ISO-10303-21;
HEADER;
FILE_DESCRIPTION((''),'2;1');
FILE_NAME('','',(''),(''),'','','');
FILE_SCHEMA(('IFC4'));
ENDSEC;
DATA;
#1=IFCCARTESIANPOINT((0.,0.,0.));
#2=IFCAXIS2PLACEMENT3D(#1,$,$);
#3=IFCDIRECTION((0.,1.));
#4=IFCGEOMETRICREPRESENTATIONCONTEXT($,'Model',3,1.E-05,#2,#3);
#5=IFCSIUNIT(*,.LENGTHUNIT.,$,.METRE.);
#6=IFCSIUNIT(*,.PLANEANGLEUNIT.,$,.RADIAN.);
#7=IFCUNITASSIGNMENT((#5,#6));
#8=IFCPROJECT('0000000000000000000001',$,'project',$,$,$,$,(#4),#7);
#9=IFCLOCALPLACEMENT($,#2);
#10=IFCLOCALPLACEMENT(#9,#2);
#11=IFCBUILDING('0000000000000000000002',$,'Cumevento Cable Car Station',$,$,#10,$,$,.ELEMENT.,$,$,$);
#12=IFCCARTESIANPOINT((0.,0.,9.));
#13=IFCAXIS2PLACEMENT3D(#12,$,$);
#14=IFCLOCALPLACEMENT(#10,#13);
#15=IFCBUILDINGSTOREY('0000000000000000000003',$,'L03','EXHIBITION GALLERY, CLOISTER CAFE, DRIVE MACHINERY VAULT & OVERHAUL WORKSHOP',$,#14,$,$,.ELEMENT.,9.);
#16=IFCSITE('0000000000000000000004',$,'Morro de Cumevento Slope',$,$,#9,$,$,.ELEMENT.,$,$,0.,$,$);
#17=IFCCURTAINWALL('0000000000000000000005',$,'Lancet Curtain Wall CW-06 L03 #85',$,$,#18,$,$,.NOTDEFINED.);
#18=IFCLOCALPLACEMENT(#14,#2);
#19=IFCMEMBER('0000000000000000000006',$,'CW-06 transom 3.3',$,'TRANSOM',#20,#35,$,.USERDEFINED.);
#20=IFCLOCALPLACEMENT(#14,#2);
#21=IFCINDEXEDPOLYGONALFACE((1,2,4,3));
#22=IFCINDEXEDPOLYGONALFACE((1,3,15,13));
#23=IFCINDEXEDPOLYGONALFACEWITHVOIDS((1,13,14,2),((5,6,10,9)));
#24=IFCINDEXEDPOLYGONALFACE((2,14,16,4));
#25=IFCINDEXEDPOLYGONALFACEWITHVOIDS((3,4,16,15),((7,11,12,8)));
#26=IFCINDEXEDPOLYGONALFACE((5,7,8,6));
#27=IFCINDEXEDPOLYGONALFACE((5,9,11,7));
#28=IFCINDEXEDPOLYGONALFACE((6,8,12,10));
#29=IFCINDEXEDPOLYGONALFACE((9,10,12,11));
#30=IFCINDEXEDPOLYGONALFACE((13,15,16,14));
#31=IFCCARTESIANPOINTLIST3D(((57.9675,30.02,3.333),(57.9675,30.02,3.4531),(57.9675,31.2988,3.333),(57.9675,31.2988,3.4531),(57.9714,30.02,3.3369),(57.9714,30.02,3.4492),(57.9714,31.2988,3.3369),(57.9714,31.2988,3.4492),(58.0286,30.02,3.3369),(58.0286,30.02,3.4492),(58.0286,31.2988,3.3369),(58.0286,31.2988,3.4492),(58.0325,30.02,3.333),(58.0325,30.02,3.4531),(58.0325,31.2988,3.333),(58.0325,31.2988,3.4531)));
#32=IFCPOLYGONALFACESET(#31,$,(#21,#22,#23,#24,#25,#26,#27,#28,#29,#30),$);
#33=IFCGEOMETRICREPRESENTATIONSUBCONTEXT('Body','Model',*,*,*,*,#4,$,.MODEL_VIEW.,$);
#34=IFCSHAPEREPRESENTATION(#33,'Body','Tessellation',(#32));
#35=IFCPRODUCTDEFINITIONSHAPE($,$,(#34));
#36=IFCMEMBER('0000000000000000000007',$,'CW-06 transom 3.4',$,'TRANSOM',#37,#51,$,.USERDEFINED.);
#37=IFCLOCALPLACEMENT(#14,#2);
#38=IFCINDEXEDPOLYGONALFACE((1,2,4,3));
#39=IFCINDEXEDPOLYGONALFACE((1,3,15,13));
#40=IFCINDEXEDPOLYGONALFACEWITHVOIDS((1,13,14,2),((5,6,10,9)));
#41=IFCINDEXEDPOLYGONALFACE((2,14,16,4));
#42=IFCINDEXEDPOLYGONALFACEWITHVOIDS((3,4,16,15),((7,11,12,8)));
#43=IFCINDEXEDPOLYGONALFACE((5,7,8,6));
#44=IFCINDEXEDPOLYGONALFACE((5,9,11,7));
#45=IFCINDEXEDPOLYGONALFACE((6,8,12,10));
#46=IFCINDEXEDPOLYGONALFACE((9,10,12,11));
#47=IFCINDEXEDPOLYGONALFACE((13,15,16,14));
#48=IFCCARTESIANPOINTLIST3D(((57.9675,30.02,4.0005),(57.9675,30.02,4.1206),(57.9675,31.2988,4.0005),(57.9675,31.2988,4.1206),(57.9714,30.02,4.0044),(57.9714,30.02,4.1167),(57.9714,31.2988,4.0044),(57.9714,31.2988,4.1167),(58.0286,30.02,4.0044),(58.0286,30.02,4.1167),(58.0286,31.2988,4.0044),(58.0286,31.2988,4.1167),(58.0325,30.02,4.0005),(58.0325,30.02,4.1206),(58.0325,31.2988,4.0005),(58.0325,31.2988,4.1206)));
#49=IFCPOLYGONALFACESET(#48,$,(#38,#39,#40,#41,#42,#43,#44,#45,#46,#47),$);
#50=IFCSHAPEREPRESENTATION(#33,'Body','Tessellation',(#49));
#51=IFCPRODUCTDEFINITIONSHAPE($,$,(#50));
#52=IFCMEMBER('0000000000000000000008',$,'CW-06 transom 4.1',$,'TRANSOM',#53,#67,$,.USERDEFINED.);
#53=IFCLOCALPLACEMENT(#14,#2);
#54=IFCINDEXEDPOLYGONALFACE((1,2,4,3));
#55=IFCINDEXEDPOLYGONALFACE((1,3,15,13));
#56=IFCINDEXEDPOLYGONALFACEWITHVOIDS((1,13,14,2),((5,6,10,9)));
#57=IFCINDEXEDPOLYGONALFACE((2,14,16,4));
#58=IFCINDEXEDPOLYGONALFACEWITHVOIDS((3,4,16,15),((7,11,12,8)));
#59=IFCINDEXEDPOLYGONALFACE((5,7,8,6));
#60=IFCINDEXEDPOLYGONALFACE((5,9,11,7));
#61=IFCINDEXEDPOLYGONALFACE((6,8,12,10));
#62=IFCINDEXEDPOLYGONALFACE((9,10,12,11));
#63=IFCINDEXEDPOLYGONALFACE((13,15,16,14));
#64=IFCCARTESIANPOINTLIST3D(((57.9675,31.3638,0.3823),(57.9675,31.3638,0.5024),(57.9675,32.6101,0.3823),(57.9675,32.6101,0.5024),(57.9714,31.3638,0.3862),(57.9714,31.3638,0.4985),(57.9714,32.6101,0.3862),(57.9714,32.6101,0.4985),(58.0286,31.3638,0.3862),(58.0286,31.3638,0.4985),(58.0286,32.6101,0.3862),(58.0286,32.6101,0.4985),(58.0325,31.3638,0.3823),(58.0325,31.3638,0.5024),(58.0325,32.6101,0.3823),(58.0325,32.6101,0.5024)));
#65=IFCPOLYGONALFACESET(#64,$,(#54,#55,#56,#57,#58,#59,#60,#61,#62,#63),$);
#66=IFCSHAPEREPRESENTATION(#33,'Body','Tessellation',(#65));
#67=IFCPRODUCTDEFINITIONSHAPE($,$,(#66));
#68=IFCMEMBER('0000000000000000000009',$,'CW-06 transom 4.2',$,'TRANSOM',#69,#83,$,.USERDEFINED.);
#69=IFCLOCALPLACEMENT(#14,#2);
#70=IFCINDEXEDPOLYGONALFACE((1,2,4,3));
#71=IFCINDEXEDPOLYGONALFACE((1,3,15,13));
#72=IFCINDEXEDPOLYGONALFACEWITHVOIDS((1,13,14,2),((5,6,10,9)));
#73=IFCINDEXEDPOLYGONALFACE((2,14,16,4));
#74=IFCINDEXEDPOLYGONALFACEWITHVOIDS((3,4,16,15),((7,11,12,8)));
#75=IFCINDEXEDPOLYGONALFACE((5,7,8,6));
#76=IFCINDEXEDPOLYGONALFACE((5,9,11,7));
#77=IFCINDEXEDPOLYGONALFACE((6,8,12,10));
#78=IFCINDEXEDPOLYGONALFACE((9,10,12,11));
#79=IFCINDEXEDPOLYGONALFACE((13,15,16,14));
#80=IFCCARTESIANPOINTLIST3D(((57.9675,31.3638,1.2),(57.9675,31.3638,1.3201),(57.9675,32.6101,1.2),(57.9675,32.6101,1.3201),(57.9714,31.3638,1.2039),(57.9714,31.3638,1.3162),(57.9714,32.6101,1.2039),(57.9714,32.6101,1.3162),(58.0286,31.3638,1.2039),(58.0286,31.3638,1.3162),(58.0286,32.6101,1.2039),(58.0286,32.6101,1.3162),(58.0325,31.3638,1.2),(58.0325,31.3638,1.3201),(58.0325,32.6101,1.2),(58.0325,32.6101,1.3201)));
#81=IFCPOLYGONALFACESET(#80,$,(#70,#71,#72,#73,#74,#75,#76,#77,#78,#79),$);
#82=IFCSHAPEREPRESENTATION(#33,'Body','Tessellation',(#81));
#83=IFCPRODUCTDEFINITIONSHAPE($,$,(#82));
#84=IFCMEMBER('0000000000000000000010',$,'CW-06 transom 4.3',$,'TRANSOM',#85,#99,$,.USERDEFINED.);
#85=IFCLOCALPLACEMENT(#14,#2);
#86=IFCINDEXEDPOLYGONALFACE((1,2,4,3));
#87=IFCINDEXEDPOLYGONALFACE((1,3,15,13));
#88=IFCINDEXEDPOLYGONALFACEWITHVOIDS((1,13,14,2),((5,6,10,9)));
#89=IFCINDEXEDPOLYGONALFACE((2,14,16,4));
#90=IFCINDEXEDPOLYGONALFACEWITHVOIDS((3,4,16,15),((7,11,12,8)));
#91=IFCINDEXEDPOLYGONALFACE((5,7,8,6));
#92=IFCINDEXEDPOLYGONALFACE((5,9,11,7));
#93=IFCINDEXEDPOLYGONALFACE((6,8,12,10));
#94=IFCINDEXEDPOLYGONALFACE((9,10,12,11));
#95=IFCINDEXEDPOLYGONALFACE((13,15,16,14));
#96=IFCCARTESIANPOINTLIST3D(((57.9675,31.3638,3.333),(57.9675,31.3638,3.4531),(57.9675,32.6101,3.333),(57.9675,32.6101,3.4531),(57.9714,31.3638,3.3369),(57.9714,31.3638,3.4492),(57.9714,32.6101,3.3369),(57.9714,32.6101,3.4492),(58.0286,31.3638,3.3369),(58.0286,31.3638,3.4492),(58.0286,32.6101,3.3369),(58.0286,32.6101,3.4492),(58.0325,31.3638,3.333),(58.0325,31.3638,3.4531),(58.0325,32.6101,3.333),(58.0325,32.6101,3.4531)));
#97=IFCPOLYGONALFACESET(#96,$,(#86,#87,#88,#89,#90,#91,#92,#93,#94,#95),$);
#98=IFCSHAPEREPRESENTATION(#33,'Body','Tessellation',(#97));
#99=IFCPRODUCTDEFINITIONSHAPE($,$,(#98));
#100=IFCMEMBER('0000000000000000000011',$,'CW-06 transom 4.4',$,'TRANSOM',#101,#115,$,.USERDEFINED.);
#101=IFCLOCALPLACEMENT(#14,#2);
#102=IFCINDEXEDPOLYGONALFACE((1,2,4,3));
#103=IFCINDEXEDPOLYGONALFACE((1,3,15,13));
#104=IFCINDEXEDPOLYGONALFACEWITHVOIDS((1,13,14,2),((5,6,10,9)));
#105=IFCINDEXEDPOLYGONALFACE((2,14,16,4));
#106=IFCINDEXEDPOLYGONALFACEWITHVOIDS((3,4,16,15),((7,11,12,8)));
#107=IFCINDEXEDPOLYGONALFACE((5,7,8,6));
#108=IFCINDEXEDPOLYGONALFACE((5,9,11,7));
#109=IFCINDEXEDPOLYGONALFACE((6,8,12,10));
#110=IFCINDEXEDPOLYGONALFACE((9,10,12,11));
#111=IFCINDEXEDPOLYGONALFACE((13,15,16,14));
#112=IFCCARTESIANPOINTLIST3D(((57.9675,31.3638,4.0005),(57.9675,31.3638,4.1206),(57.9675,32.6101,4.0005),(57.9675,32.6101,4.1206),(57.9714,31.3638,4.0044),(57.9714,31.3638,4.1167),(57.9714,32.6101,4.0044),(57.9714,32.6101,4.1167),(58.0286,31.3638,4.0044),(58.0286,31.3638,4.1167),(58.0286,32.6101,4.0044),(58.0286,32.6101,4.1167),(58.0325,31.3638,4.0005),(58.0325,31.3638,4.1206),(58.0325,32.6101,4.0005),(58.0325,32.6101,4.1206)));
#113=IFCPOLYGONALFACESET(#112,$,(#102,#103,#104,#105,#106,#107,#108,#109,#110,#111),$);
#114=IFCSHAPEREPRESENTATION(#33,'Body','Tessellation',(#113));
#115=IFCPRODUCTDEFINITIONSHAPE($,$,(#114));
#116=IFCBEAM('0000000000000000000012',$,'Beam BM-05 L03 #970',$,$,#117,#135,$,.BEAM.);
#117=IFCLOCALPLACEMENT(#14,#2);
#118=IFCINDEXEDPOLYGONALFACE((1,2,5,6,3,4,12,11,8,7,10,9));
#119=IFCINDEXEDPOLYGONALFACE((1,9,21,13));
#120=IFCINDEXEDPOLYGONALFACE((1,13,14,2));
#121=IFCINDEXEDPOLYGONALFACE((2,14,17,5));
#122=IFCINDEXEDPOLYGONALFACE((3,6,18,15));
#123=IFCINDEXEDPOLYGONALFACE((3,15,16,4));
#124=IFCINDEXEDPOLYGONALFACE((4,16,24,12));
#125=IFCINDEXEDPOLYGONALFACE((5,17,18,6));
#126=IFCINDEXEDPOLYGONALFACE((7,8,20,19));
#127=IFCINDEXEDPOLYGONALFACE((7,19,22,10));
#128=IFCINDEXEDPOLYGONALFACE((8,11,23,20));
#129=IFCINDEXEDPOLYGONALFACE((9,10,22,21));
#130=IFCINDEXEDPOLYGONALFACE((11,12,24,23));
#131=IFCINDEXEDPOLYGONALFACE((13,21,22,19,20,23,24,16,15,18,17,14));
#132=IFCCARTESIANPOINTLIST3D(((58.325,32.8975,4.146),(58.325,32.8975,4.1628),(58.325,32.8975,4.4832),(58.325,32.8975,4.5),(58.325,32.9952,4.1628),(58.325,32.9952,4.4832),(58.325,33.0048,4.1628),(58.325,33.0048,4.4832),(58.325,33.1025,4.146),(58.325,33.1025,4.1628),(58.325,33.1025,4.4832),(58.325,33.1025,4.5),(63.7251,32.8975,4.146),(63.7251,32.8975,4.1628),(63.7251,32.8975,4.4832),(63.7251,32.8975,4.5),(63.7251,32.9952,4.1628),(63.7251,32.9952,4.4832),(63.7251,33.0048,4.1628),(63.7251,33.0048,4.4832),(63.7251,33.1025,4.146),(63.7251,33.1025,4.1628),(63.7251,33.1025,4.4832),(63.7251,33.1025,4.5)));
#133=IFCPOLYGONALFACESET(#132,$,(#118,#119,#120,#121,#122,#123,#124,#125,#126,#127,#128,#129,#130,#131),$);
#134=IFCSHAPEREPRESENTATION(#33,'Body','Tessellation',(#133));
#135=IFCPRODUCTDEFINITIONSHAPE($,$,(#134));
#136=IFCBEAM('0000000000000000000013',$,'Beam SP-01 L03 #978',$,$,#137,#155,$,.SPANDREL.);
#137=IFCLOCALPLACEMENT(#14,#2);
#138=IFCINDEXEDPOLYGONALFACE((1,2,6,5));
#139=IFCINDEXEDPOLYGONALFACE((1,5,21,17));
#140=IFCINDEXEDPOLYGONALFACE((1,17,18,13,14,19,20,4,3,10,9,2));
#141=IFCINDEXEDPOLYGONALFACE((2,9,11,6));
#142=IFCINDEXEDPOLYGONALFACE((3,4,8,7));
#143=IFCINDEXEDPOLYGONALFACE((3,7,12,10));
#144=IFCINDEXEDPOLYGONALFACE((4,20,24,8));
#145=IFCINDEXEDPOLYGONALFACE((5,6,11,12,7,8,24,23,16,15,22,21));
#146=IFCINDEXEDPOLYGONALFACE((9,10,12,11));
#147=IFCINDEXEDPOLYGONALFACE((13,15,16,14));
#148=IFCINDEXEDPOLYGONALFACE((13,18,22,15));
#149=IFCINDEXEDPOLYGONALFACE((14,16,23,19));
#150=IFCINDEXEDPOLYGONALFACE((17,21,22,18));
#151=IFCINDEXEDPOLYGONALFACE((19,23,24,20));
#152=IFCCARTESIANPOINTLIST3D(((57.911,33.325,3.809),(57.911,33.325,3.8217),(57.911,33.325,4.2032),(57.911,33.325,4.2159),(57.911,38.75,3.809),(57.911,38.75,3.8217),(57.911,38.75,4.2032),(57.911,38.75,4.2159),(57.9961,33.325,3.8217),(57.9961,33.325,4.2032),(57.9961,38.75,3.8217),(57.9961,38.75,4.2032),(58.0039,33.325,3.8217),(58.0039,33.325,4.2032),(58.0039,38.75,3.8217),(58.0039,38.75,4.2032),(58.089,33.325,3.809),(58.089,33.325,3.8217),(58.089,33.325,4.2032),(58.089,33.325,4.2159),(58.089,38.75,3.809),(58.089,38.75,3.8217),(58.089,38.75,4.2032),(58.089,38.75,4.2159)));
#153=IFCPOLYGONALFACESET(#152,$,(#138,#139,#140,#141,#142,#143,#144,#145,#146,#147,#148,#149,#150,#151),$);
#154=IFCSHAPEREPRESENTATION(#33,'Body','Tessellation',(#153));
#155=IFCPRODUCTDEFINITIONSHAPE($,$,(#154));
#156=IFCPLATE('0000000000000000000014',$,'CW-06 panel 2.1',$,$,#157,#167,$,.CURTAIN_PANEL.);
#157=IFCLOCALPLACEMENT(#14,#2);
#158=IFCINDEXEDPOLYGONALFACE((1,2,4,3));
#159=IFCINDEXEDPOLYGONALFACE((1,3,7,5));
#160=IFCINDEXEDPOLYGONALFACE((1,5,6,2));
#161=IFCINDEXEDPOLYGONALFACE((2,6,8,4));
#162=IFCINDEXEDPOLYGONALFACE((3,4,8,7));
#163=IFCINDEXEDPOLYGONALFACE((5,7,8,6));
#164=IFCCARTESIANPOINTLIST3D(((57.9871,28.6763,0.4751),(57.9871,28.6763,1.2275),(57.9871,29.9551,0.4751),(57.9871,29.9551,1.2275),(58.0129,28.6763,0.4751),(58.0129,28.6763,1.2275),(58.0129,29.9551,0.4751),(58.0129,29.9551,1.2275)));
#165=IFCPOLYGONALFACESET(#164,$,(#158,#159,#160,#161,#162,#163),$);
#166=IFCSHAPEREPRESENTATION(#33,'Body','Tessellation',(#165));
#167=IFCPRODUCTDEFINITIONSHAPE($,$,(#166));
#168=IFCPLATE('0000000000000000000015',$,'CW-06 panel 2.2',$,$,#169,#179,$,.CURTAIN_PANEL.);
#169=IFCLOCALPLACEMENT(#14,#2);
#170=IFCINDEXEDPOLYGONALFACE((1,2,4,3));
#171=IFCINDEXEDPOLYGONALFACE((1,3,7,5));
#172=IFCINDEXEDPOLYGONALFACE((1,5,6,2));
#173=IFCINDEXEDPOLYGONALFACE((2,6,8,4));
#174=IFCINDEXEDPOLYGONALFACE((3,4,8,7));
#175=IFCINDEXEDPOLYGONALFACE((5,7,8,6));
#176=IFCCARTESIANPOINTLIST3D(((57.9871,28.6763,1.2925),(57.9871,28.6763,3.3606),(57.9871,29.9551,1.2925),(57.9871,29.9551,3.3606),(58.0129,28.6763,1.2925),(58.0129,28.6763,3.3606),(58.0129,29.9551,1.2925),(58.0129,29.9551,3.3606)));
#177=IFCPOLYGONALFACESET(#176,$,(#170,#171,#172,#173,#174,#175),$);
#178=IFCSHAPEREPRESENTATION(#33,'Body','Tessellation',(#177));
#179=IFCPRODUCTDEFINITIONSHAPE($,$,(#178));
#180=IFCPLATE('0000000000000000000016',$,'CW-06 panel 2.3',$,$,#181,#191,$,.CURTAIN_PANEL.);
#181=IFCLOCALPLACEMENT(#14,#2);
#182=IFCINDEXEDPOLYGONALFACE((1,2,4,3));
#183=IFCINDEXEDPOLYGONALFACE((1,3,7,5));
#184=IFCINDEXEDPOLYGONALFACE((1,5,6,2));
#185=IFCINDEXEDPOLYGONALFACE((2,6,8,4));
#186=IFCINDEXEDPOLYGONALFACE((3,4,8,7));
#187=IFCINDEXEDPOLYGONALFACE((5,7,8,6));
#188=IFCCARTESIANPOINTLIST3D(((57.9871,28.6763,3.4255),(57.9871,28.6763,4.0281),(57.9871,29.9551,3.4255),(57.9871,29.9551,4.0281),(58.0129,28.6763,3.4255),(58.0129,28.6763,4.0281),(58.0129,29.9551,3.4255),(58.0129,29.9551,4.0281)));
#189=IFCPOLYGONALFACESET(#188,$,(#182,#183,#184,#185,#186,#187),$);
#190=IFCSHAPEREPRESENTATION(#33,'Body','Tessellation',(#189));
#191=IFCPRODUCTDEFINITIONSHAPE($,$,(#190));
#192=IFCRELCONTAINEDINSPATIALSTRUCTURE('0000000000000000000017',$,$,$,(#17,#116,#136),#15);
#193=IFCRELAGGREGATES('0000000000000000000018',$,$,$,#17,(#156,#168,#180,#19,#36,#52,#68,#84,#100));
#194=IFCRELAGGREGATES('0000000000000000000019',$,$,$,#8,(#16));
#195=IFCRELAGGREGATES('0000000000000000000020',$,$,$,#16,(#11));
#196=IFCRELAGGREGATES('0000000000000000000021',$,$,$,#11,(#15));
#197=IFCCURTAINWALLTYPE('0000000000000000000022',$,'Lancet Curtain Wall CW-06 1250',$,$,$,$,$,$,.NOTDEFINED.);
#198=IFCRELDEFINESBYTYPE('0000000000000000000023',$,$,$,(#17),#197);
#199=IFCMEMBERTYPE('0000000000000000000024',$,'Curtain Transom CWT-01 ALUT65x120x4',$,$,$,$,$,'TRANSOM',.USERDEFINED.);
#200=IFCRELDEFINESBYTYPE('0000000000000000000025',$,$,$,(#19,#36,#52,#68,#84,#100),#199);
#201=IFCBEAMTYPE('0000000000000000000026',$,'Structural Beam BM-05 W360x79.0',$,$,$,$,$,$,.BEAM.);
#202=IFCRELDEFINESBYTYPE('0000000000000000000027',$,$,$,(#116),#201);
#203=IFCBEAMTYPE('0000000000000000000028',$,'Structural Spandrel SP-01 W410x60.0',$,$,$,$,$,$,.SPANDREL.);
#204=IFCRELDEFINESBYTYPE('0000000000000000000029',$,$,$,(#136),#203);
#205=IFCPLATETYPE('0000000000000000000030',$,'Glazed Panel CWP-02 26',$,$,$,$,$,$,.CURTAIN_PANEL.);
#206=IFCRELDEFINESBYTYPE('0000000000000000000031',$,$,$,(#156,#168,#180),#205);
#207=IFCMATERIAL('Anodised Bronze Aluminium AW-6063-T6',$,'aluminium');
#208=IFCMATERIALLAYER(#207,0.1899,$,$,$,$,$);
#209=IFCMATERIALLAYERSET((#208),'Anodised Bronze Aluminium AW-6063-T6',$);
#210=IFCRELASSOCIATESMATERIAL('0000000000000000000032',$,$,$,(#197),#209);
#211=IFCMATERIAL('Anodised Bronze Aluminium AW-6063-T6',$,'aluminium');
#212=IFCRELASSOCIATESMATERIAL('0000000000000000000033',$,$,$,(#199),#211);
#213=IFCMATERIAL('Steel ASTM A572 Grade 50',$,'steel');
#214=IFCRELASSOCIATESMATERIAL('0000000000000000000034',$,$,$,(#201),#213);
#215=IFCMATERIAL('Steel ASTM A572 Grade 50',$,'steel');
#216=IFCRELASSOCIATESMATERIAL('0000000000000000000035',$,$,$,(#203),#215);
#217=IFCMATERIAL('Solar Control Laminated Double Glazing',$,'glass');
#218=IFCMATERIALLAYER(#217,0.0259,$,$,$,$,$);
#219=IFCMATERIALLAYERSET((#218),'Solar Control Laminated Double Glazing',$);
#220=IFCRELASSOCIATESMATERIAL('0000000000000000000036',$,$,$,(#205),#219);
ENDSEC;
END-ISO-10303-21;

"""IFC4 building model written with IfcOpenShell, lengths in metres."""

from ifc_helpers import new_model, si_unit, direction, frame, origin, origin_2d, place, context, subcontext, project, spatial, rectangle, hollow_rectangle, i_section, extrude, material, layer, layer_set, material_profile, profile_set, type_object, element, aggregate, save


model = new_model("IFC4")

# Units and contexts
model_context = context("Model", 3, precision=1e-05, world=origin(), true_north=direction((0.0, 1.0)))
body_context = subcontext(model_context, "Body", "Model", "MODEL_VIEW")
ifc_project = project(units=[si_unit("LENGTHUNIT", "METRE"), si_unit("PLANEANGLEUNIT", "RADIAN")], contexts=[model_context])

# Site, building, storey
site_placement = place(None, origin())
site = spatial("IfcSite", under=ifc_project, at=site_placement, Name="Morro de Cumevento Slope", CompositionType="ELEMENT", RefElevation=0.0)
building_placement = place(site_placement, origin())
building = spatial("IfcBuilding", under=site, at=building_placement, Name="Cumevento Cable Car Station", CompositionType="ELEMENT")
storey_placement = place(building_placement, frame((0.0, 0.0, 9.0)))
storey = spatial("IfcBuildingStorey", under=building, at=storey_placement, Name="L03", Description="EXHIBITION GALLERY, CLOISTER CAFE, DRIVE MACHINERY VAULT & OVERHAUL WORKSHOP", CompositionType="ELEMENT", Elevation=9.0)

# Curtain wall, members
ifc_material_1 = material(Name="Anodised Bronze Aluminium AW-6063-T6", Category="aluminium")
ifc_layer_1 = layer(ifc_material_1, 0.1899)
ifc_layer_set_1 = layer_set([ifc_layer_1], Name="Anodised Bronze Aluminium AW-6063-T6")
curtain_wall_type = type_object("IfcCurtainWallType", Name="Lancet Curtain Wall CW-06 1250", PredefinedType="NOTDEFINED", material=ifc_layer_set_1)
curtain_wall_placement = place(storey_placement, origin())
curtain_wall = element("IfcCurtainWall", 1, at=curtain_wall_placement, inside=storey, type_object=curtain_wall_type, Name="Lancet Curtain Wall CW-06 L03 #85", PredefinedType="NOTDEFINED")
ifc_material_2 = material(Name="Anodised Bronze Aluminium AW-6063-T6", Category="aluminium")
ifc_material_profile_1 = material_profile(ifc_material_2, hollow_rectangle(XDim=0.0649, YDim=0.1201, WallThickness=0.0039, at=origin_2d()), Name="ALUT65x120x4")
ifc_profile_set_1 = profile_set([ifc_material_profile_1], Name="Anodised Bronze Aluminium AW-6063-T6")
member_type_1 = type_object("IfcMemberType", Name="Curtain Transom CWT-01 ALUT65x120x4", ElementType="TRANSOM", PredefinedType="USERDEFINED", material=ifc_profile_set_1)
member_1_placement = place(storey_placement, frame((58.0, 30.02, 3.3931), z_axis=(0.0, 1.0, 0.0), x_axis=(-1.0, 0.0, 0.0)))
member_1 = element("IfcMember", 2, at=member_1_placement, type_object=member_type_1, Name="CW-06 transom 3.3", ObjectType="TRANSOM", PredefinedType="USERDEFINED", context=body_context, shape_type="SweptSolid", body=[
    extrude(hollow_rectangle(XDim=0.0649, YDim=0.1201, WallThickness=0.0039, at=origin_2d()), origin(), (0.0, 0.0, 1.0), 1.2788),
])
member_2_placement = place(storey_placement, frame((58.0, 30.02, 4.0605), z_axis=(0.0, 1.0, 0.0), x_axis=(-1.0, 0.0, 0.0)))
member_2 = element("IfcMember", 3, at=member_2_placement, type_object=member_type_1, Name="CW-06 transom 3.4", ObjectType="TRANSOM", PredefinedType="USERDEFINED", context=body_context, shape_type="SweptSolid", body=[
    extrude(hollow_rectangle(XDim=0.0649, YDim=0.1201, WallThickness=0.0039, at=origin_2d()), origin(), (0.0, 0.0, 1.0), 1.2788),
])
member_3_placement = place(storey_placement, frame((58.0, 31.3638, 0.4424), z_axis=(0.0, 1.0, 0.0), x_axis=(-1.0, 0.0, 0.0)))
member_3 = element("IfcMember", 4, at=member_3_placement, type_object=member_type_1, Name="CW-06 transom 4.1", ObjectType="TRANSOM", PredefinedType="USERDEFINED", context=body_context, shape_type="SweptSolid", body=[
    extrude(hollow_rectangle(XDim=0.0649, YDim=0.1201, WallThickness=0.0039, at=origin_2d()), origin(), (0.0, 0.0, 1.0), 1.2463),
])
member_4_placement = place(storey_placement, frame((58.0, 31.3638, 1.26), z_axis=(0.0, 1.0, 0.0), x_axis=(-1.0, 0.0, 0.0)))
member_4 = element("IfcMember", 5, at=member_4_placement, type_object=member_type_1, Name="CW-06 transom 4.2", ObjectType="TRANSOM", PredefinedType="USERDEFINED", context=body_context, shape_type="SweptSolid", body=[
    extrude(hollow_rectangle(XDim=0.0649, YDim=0.1201, WallThickness=0.0039, at=origin_2d()), origin(), (0.0, 0.0, 1.0), 1.2463),
])
member_5_placement = place(storey_placement, frame((58.0, 31.3638, 3.3931), z_axis=(0.0, 1.0, 0.0), x_axis=(-1.0, 0.0, 0.0)))
member_5 = element("IfcMember", 6, at=member_5_placement, type_object=member_type_1, Name="CW-06 transom 4.3", ObjectType="TRANSOM", PredefinedType="USERDEFINED", context=body_context, shape_type="SweptSolid", body=[
    extrude(hollow_rectangle(XDim=0.0649, YDim=0.1201, WallThickness=0.0039, at=origin_2d()), origin(), (0.0, 0.0, 1.0), 1.2463),
])
member_6_placement = place(storey_placement, frame((58.0, 31.3638, 4.0605), z_axis=(0.0, 1.0, 0.0), x_axis=(-1.0, 0.0, 0.0)))
member_6 = element("IfcMember", 7, at=member_6_placement, type_object=member_type_1, Name="CW-06 transom 4.4", ObjectType="TRANSOM", PredefinedType="USERDEFINED", context=body_context, shape_type="SweptSolid", body=[
    extrude(hollow_rectangle(XDim=0.0649, YDim=0.1201, WallThickness=0.0039, at=origin_2d()), origin(), (0.0, 0.0, 1.0), 1.2463),
])

# Beams
ifc_material_3 = material(Name="Steel ASTM A572 Grade 50", Category="steel")
ifc_material_profile_2 = material_profile(ifc_material_3, i_section(OverallWidth=0.2051, OverallDepth=0.354, WebThickness=0.0095, FlangeThickness=0.0168, at=origin_2d()), Name="W360x79.0")
ifc_profile_set_2 = profile_set([ifc_material_profile_2], Name="Steel ASTM A572 Grade 50")
beam_type_1 = type_object("IfcBeamType", Name="Structural Beam BM-05 W360x79.0", PredefinedType="BEAM", material=ifc_profile_set_2)
beam_1_placement = place(storey_placement, frame((58.325, 33.0, 4.323), z_axis=(1.0, 0.0, 0.0), x_axis=(0.0, 1.0, 0.0)))
element("IfcBeam", 8, at=beam_1_placement, inside=storey, type_object=beam_type_1, Name="Beam BM-05 L03 #970", PredefinedType="BEAM", context=body_context, shape_type="SweptSolid", body=[
    extrude(i_section(OverallWidth=0.2051, OverallDepth=0.354, WebThickness=0.0095, FlangeThickness=0.0168, at=origin_2d()), origin(), (0.0, 0.0, 1.0), 5.4001),
])
ifc_material_4 = material(Name="Steel ASTM A572 Grade 50", Category="steel")
ifc_material_profile_3 = material_profile(ifc_material_4, i_section(OverallWidth=0.178, OverallDepth=0.407, WebThickness=0.0078, FlangeThickness=0.0127, at=origin_2d()), Name="W410x60.0")
ifc_profile_set_3 = profile_set([ifc_material_profile_3], Name="Steel ASTM A572 Grade 50")
beam_type_2 = type_object("IfcBeamType", Name="Structural Spandrel SP-01 W410x60.0", PredefinedType="SPANDREL", material=ifc_profile_set_3)
beam_2_placement = place(storey_placement, frame((58.0, 33.325, 4.0125), z_axis=(0.0, 1.0, 0.0), x_axis=(-1.0, 0.0, 0.0)))
element("IfcBeam", 9, at=beam_2_placement, inside=storey, type_object=beam_type_2, Name="Beam SP-01 L03 #978", PredefinedType="SPANDREL", context=body_context, shape_type="SweptSolid", body=[
    extrude(i_section(OverallWidth=0.178, OverallDepth=0.407, WebThickness=0.0078, FlangeThickness=0.0127, at=origin_2d()), origin(), (0.0, 0.0, 1.0), 5.425),
])

# Plates
ifc_material_5 = material(Name="Solar Control Laminated Double Glazing", Category="glass")
ifc_layer_2 = layer(ifc_material_5, 0.0259)
ifc_layer_set_2 = layer_set([ifc_layer_2], Name="Solar Control Laminated Double Glazing")
plate_type = type_object("IfcPlateType", Name="Glazed Panel CWP-02 26", PredefinedType="CURTAIN_PANEL", material=ifc_layer_set_2)
plate_1_placement = place(storey_placement, frame((58.0, 29.3157, 0.4751), z_axis=(0.0, 0.0, 1.0), x_axis=(0.0, 1.0, 0.0)))
plate_1 = element("IfcPlate", 10, at=plate_1_placement, type_object=plate_type, Name="CW-06 panel 2.1", PredefinedType="CURTAIN_PANEL", context=body_context, shape_type="SweptSolid", body=[
    extrude(rectangle(XDim=1.2788, YDim=0.0259, at=origin_2d()), origin(), (0.0, 0.0, 1.0), 0.7524),
])
plate_2_placement = place(storey_placement, frame((58.0, 29.3157, 1.2925), z_axis=(0.0, 0.0, 1.0), x_axis=(0.0, 1.0, 0.0)))
plate_2 = element("IfcPlate", 11, at=plate_2_placement, type_object=plate_type, Name="CW-06 panel 2.2", PredefinedType="CURTAIN_PANEL", context=body_context, shape_type="SweptSolid", body=[
    extrude(rectangle(XDim=1.2788, YDim=0.0259, at=origin_2d()), origin(), (0.0, 0.0, 1.0), 2.0681),
])
plate_3_placement = place(storey_placement, frame((58.0, 29.3157, 3.4255), z_axis=(0.0, 0.0, 1.0), x_axis=(0.0, 1.0, 0.0)))
plate_3 = element("IfcPlate", 12, at=plate_3_placement, type_object=plate_type, Name="CW-06 panel 2.3", PredefinedType="CURTAIN_PANEL", context=body_context, shape_type="SweptSolid", body=[
    extrude(rectangle(XDim=1.2788, YDim=0.0259, at=origin_2d()), origin(), (0.0, 0.0, 1.0), 0.6025),
])
aggregate(curtain_wall, [plate_1, plate_2, plate_3, member_1, member_2, member_3, member_4, member_5, member_6])

save(model, "model.ifc")
